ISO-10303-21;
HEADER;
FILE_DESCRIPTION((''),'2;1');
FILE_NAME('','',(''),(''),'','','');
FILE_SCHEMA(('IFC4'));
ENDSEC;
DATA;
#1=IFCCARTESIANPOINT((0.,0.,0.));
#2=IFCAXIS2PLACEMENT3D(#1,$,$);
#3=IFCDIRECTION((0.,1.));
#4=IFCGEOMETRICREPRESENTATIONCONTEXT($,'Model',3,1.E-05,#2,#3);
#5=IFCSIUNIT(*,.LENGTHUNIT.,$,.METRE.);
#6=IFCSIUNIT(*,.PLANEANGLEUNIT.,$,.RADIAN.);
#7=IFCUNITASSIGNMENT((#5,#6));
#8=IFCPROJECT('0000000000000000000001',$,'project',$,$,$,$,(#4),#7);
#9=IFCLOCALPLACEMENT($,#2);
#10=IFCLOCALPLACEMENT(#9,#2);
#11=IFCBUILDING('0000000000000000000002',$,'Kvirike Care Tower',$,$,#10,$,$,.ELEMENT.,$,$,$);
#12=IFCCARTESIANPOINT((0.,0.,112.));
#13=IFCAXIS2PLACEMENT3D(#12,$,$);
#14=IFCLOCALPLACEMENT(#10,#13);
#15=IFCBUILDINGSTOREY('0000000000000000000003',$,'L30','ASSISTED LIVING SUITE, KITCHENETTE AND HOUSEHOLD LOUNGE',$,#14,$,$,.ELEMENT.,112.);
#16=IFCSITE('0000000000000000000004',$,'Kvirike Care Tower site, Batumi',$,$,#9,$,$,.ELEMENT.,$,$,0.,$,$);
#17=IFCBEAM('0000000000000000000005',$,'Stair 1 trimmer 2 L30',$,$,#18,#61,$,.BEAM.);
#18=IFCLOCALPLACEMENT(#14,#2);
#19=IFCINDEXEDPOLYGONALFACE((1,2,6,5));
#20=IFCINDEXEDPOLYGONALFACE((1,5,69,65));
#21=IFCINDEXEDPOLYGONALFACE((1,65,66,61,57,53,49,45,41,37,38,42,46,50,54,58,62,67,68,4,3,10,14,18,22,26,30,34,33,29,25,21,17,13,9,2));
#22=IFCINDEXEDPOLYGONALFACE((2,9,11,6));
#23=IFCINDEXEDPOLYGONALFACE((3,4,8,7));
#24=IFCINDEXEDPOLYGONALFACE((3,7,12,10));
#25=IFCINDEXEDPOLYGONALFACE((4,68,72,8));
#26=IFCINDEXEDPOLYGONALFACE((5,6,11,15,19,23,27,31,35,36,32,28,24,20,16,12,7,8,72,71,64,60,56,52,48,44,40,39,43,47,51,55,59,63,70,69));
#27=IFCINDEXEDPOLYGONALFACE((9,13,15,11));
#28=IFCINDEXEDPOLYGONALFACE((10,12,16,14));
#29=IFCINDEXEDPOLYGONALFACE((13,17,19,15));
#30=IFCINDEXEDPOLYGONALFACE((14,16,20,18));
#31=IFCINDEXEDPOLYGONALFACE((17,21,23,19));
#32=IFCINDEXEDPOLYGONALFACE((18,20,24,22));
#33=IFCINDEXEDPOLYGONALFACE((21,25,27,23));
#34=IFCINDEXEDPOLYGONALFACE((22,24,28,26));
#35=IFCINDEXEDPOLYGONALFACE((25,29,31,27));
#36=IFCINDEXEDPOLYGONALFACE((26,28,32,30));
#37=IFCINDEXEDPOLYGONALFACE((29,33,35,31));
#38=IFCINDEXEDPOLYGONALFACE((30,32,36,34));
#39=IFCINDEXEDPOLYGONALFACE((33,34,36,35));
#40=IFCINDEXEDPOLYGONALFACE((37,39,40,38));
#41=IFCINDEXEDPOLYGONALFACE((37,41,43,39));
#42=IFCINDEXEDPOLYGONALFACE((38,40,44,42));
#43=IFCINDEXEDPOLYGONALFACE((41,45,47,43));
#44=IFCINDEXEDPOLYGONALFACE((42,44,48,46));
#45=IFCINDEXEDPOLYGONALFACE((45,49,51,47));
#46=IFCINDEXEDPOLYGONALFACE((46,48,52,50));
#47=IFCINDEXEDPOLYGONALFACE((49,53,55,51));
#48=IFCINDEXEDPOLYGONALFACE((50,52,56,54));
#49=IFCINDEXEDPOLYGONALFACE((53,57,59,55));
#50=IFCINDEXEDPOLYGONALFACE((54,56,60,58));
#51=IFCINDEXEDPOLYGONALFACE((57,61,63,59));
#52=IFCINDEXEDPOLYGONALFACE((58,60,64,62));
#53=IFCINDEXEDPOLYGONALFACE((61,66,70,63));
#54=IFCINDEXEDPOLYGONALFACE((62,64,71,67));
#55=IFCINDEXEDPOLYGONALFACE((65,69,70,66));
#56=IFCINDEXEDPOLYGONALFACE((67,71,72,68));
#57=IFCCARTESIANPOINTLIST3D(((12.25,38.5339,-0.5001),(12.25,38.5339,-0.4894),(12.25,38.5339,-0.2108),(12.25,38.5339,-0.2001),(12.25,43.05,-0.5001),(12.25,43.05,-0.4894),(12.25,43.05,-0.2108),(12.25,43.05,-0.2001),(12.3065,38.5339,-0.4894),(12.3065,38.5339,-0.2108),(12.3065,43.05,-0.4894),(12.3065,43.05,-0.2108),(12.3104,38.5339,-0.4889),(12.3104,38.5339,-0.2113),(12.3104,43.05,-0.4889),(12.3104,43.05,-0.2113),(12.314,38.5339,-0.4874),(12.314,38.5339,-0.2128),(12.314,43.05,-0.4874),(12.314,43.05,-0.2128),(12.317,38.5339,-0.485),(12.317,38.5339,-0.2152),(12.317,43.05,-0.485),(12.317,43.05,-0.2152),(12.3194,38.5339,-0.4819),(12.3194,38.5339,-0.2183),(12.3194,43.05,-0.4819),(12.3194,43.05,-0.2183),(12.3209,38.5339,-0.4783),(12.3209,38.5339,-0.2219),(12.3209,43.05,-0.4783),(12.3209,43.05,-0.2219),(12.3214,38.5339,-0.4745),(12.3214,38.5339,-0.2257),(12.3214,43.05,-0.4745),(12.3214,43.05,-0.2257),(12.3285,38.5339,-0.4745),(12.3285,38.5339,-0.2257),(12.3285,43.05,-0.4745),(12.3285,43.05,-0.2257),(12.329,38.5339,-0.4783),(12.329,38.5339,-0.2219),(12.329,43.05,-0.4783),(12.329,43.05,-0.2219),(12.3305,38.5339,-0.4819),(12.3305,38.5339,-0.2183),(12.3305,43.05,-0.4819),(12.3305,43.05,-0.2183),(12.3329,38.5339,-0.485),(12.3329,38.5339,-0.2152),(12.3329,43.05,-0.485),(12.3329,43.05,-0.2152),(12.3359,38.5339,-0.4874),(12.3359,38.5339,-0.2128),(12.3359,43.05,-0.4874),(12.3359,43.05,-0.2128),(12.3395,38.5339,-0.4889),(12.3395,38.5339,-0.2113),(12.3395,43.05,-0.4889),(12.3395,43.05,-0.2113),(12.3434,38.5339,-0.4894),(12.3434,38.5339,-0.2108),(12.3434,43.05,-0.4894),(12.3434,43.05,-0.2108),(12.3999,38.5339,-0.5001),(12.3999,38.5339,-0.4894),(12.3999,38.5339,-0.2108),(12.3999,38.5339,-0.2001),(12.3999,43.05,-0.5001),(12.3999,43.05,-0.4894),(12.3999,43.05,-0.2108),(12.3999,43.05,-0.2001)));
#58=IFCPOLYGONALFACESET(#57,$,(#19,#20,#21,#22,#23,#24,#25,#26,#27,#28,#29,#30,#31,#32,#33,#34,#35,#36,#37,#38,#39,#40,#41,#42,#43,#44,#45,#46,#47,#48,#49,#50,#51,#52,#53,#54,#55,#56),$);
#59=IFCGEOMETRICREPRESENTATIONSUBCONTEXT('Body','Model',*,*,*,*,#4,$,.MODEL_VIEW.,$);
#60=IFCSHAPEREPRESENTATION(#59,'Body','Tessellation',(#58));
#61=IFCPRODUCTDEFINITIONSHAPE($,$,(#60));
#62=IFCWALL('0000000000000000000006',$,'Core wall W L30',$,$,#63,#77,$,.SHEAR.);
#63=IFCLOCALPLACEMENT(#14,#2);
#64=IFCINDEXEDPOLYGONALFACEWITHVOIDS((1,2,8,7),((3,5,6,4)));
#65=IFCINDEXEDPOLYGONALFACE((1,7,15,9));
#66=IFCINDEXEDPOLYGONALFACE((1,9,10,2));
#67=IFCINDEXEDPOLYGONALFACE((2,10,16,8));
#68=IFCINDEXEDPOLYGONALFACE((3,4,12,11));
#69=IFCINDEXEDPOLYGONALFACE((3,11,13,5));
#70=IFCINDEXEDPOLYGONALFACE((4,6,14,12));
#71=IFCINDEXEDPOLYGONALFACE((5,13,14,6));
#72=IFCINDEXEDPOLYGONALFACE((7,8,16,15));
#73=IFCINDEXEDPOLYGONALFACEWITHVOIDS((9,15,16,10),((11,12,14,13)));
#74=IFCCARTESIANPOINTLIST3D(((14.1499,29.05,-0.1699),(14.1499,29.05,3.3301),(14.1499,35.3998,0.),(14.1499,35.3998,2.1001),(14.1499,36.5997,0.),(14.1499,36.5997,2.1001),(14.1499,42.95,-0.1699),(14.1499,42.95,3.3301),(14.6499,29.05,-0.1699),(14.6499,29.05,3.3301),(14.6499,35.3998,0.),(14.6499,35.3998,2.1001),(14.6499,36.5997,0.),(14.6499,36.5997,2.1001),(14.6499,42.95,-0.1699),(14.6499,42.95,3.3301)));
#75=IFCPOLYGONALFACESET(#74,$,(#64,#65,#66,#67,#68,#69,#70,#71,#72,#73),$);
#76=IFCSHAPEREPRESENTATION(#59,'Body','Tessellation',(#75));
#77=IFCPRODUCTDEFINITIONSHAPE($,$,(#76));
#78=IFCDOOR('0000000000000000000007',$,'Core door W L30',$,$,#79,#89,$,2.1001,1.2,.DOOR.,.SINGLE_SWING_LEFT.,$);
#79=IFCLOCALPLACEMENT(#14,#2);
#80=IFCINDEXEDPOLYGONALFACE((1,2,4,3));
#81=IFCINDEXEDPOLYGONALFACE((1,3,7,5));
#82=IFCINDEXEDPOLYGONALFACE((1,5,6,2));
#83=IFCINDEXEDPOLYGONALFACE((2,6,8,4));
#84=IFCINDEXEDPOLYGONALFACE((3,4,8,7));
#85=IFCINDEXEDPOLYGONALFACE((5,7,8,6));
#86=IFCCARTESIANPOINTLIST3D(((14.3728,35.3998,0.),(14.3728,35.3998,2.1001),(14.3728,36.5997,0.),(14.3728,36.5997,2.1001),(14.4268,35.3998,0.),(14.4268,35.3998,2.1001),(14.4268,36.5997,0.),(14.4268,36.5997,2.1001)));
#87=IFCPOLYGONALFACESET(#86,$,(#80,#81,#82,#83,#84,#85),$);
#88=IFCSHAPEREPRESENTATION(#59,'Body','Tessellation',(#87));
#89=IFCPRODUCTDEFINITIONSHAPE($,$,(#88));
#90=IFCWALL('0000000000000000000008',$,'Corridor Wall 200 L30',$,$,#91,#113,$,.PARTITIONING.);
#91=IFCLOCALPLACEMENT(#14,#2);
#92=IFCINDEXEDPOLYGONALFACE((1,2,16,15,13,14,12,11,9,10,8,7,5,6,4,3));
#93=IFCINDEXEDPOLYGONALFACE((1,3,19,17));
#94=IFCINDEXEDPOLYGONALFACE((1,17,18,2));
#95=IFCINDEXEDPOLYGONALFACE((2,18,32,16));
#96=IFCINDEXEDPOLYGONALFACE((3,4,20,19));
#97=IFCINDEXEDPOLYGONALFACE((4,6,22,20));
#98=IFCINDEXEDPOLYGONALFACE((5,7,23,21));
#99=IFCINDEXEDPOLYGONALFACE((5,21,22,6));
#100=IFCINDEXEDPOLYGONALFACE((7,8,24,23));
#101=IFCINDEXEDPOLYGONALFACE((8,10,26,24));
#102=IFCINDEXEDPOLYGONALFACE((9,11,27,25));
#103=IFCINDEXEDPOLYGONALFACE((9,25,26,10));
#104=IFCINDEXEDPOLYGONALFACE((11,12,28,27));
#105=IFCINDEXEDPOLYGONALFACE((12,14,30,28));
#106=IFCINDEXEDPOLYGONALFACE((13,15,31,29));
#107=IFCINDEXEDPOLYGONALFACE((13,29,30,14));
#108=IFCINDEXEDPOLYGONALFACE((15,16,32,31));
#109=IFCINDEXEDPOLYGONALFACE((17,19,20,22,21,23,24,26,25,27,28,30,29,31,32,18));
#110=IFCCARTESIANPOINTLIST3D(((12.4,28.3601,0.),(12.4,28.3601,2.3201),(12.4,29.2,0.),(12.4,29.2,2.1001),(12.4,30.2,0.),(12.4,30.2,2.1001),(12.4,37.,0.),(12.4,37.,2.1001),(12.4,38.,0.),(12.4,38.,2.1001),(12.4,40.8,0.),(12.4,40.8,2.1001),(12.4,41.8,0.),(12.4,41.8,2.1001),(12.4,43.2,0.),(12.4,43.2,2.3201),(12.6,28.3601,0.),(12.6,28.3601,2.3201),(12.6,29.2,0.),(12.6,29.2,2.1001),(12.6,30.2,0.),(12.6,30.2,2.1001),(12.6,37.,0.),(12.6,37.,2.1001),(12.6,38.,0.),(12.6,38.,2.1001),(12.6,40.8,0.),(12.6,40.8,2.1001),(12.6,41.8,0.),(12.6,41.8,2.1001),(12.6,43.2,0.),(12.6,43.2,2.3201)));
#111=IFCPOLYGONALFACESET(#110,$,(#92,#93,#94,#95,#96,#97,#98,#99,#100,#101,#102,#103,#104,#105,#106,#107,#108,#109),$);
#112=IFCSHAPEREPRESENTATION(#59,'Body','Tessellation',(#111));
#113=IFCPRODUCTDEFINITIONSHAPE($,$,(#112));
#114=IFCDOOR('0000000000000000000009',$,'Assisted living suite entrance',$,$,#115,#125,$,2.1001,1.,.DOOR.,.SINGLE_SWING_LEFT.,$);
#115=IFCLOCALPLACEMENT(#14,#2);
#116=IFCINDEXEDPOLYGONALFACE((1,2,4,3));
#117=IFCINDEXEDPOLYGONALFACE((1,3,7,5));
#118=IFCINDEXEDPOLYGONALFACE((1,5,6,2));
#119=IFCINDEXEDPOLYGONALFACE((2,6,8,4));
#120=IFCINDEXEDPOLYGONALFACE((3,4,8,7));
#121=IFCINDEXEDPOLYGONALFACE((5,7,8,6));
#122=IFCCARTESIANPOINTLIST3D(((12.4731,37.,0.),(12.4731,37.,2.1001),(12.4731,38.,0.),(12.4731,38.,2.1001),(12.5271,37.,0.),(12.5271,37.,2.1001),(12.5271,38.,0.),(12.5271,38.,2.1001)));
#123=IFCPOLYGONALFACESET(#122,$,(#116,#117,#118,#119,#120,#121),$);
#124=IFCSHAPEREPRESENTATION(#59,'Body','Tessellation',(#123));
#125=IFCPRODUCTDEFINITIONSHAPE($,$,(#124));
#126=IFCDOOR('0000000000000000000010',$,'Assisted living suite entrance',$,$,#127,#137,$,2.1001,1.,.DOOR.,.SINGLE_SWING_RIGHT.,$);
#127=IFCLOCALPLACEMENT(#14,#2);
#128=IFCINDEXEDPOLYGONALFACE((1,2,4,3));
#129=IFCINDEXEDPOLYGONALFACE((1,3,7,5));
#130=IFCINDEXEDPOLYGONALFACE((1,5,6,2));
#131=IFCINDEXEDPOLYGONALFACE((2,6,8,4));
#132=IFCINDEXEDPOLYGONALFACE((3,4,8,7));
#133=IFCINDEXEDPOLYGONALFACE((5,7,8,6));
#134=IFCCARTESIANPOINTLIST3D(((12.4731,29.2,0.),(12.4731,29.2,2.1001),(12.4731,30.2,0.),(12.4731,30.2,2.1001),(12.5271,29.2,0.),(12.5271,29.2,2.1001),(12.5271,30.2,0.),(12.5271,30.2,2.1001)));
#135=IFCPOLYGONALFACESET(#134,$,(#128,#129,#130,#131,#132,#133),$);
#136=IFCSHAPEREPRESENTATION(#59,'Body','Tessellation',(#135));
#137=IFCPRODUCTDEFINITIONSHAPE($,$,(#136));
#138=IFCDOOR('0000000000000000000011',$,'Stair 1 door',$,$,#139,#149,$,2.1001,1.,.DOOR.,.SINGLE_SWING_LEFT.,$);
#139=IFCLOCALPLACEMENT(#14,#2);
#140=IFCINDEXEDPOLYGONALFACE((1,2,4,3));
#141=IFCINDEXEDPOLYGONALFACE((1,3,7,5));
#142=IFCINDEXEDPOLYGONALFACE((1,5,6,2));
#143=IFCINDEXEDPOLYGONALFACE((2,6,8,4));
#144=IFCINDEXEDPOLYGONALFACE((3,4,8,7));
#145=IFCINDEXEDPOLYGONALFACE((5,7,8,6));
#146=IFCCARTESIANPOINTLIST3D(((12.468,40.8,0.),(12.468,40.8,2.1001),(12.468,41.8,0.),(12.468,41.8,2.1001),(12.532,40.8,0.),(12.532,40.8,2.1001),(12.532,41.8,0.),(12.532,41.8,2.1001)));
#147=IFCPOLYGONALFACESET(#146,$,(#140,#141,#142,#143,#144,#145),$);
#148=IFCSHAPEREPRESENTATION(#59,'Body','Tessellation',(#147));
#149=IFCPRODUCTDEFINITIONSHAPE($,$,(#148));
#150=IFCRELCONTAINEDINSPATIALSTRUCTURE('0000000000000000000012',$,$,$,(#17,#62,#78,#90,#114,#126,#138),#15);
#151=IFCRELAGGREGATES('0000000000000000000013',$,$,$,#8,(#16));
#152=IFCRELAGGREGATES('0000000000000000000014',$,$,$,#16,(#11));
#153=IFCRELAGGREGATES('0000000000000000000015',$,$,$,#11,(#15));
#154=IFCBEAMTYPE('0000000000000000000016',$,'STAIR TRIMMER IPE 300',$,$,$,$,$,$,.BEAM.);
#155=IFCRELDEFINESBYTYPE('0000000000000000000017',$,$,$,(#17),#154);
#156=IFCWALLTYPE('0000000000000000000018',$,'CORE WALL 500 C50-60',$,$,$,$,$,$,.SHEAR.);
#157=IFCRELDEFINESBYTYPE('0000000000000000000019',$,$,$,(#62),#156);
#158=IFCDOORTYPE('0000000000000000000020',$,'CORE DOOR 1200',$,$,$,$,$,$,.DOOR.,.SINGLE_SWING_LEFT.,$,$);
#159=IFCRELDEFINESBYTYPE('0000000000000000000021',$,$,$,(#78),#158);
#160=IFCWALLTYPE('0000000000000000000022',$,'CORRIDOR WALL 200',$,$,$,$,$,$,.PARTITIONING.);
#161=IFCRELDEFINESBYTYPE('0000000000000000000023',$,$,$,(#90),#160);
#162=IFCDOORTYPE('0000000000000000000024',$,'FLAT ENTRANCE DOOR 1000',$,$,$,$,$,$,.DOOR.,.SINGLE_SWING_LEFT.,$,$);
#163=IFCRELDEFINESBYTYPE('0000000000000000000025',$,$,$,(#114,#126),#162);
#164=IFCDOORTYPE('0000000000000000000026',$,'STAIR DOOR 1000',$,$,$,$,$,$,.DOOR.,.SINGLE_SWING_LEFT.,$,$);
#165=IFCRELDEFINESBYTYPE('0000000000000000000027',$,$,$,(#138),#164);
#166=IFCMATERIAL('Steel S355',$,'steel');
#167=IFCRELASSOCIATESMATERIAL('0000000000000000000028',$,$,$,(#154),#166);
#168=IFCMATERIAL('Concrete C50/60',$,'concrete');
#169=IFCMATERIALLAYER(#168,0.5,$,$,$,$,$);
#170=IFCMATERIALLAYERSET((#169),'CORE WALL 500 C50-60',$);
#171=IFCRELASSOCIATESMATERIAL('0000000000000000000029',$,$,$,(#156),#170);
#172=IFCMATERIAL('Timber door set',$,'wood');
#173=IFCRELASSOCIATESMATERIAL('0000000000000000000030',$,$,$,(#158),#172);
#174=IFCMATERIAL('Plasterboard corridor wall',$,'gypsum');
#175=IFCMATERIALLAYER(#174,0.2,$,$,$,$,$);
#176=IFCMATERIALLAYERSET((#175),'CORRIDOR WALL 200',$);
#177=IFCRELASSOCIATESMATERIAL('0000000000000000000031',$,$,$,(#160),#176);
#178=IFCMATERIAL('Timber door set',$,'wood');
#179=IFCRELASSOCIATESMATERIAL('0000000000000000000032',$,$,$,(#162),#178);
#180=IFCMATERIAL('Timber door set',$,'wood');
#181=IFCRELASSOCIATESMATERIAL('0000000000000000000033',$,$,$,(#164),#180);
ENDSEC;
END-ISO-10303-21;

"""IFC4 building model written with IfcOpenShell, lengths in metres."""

from ifc_helpers import new_model, si_unit, direction, frame, frame_2d, origin, origin_2d, place, context, subcontext, project, spatial, rectangle, i_section, extrude, material, layer, layer_set, material_profile, profile_set, type_object, element, fill, save


model = new_model("IFC4")

# Units and contexts
model_context = context("Model", 3, precision=1e-05, world=origin(), true_north=direction((0.0, 1.0)))
body_context = subcontext(model_context, "Body", "Model", "MODEL_VIEW")
ifc_project = project(units=[si_unit("LENGTHUNIT", "METRE"), si_unit("PLANEANGLEUNIT", "RADIAN")], contexts=[model_context])

# Site, building, storey
site_placement = place(None, origin())
site = spatial("IfcSite", under=ifc_project, at=site_placement, Name="Kvirike Care Tower site, Batumi", CompositionType="ELEMENT", RefElevation=0.0)
building_placement = place(site_placement, origin())
building = spatial("IfcBuilding", under=site, at=building_placement, Name="Kvirike Care Tower", CompositionType="ELEMENT")
storey_placement = place(building_placement, frame((0.0, 0.0, 112.0)))
storey = spatial("IfcBuildingStorey", under=building, at=storey_placement, Name="L30", Description="ASSISTED LIVING SUITE, KITCHENETTE AND HOUSEHOLD LOUNGE", CompositionType="ELEMENT", Elevation=112.0)

# Beam
ifc_material_1 = material(Name="Steel S355", Category="steel")
ifc_material_profile_1 = material_profile(ifc_material_1, i_section(OverallWidth=0.1499, OverallDepth=0.3, WebThickness=0.0071, FlangeThickness=0.0107, FilletRadius=0.0149, at=origin_2d()), Name="IPE 300")
ifc_profile_set_1 = profile_set([ifc_material_profile_1], Name="Steel S355")
beam_type_1 = type_object("IfcBeamType", Name="STAIR TRIMMER IPE 300", PredefinedType="BEAM", material=ifc_profile_set_1)
for number, where, z_axis, x_axis, name in (
    (1, (12.325, 43.05, -0.3501), (0.0, -1.0, 0.0), (1.0, 0.0, 0.0), "Stair 1 trimmer 2 L30"),
):
    element("IfcBeam", number, at=place(storey_placement, frame(where, z_axis=z_axis, x_axis=x_axis)), inside=storey, type_object=beam_type_1, Name=name, PredefinedType="BEAM", context=body_context, shape_type="SweptSolid", body=[
        extrude(i_section(OverallWidth=0.1499, OverallDepth=0.3, WebThickness=0.0071, FlangeThickness=0.0107, FilletRadius=0.0149, at=origin_2d()), origin(), (0.0, 0.0, 1.0), 4.5161),
    ])

# Wall, opening, door
ifc_material_2 = material(Name="Concrete C50/60", Category="concrete")
ifc_layer_1 = layer(ifc_material_2, 0.5)
ifc_layer_set_1 = layer_set([ifc_layer_1], Name="CORE WALL 500 C50-60")
wall_type_1 = type_object("IfcWallType", Name="CORE WALL 500 C50-60", PredefinedType="SHEAR", material=ifc_layer_set_1)
wall_1_placement = place(storey_placement, frame((14.3999, 42.95, -0.1699), z_axis=(0.0, 0.0, 1.0), x_axis=(0.0, -1.0, 0.0)))
wall_1 = element("IfcWall", 2, at=wall_1_placement, inside=storey, type_object=wall_type_1, Name="Core wall W L30", PredefinedType="SHEAR", context=body_context, shape_type="SweptSolid", body=[
    extrude(rectangle(XDim=13.8999, YDim=0.5, at=frame_2d((6.95, 0.0))), origin(), (0.0, 0.0, 1.0), 3.5),
])
opening_1_placement = place(wall_1_placement, frame((6.3501, 0.0, 0.1699)))
opening_1 = element("IfcOpeningElement", 3, at=opening_1_placement, cuts=wall_1, PredefinedType="OPENING", context=body_context, shape_type="SweptSolid", body=[
    extrude(rectangle(XDim=1.2, YDim=2.1001, at=frame_2d((0.6001, 1.05))), frame((0.0, 0.2605, 0.0), z_axis=(0.0, -1.0, 0.0), x_axis=(1.0, 0.0, 0.0)), (0.0, 0.0, 1.0), 0.521),
])
ifc_material_3 = material(Name="Timber door set", Category="wood")
door_type_1 = type_object("IfcDoorType", Name="CORE DOOR 1200", OperationType="SINGLE_SWING_LEFT", PredefinedType="DOOR", material=ifc_material_3)
door_1_placement = place(opening_1_placement, origin())
door_1 = element("IfcDoor", 4, at=door_1_placement, inside=storey, type_object=door_type_1, Name="Core door W L30", OperationType="SINGLE_SWING_LEFT", OverallHeight=2.1001, OverallWidth=1.2, PredefinedType="DOOR", context=body_context, shape_type="SweptSolid", body=[
    extrude(rectangle(XDim=1.2, YDim=2.1001, at=frame_2d((0.6001, 1.05))), frame((0.0, 0.0269, 0.0), z_axis=(0.0, -1.0, 0.0), x_axis=(1.0, 0.0, 0.0)), (0.0, 0.0, 1.0), 0.054),
])
fill(opening_1, door_1)

# Wall, openings, doors
ifc_material_4 = material(Name="Plasterboard corridor wall", Category="gypsum")
ifc_layer_2 = layer(ifc_material_4, 0.2)
ifc_layer_set_2 = layer_set([ifc_layer_2], Name="CORRIDOR WALL 200")
wall_type_2 = type_object("IfcWallType", Name="CORRIDOR WALL 200", PredefinedType="PARTITIONING", material=ifc_layer_set_2)
wall_2_placement = place(storey_placement, frame((12.5, 43.2, 0.0), z_axis=(0.0, 0.0, 1.0), x_axis=(0.0, -1.0, 0.0)))
wall_2 = element("IfcWall", 5, at=wall_2_placement, inside=storey, type_object=wall_type_2, Name="Corridor Wall 200 L30", PredefinedType="PARTITIONING", context=body_context, shape_type="SweptSolid", body=[
    extrude(rectangle(XDim=14.8398, YDim=0.2, at=frame_2d((7.4199, 0.0))), origin(), (0.0, 0.0, 1.0), 2.3201),
])
opening_2_placement = place(wall_2_placement, frame((1.3999, 0.0, 0.0)))
opening_2 = element("IfcOpeningElement", 6, at=opening_2_placement, cuts=wall_2, PredefinedType="OPENING", context=body_context, shape_type="SweptSolid", body=[
    extrude(rectangle(XDim=1.0, YDim=2.1001, at=frame_2d((0.5, 1.05))), frame((0.0, 0.1106, 0.0), z_axis=(0.0, -1.0, 0.0), x_axis=(1.0, 0.0, 0.0)), (0.0, 0.0, 1.0), 0.2209),
])
opening_3_placement = place(wall_2_placement, frame((5.2, 0.0, 0.0)))
opening_3 = element("IfcOpeningElement", 7, at=opening_3_placement, cuts=wall_2, PredefinedType="OPENING", context=body_context, shape_type="SweptSolid", body=[
    extrude(rectangle(XDim=1.0, YDim=2.1001, at=frame_2d((0.5, 1.05))), frame((0.0, 0.1106, 0.0), z_axis=(0.0, -1.0, 0.0), x_axis=(1.0, 0.0, 0.0)), (0.0, 0.0, 1.0), 0.2209),
])
opening_4_placement = place(wall_2_placement, frame((13.0, 0.0, 0.0)))
opening_4 = element("IfcOpeningElement", 8, at=opening_4_placement, cuts=wall_2, PredefinedType="OPENING", context=body_context, shape_type="SweptSolid", body=[
    extrude(rectangle(XDim=1.0, YDim=2.1001, at=frame_2d((0.5, 1.05))), frame((0.0, 0.1106, 0.0), z_axis=(0.0, -1.0, 0.0), x_axis=(1.0, 0.0, 0.0)), (0.0, 0.0, 1.0), 0.2209),
])
ifc_material_5 = material(Name="Timber door set", Category="wood")
door_type_2 = type_object("IfcDoorType", Name="FLAT ENTRANCE DOOR 1000", OperationType="SINGLE_SWING_LEFT", PredefinedType="DOOR", material=ifc_material_5)
door_2_placement = place(opening_3_placement, frame((1.0, 0.0, 0.0), z_axis=(0.0, 0.0, 1.0), x_axis=(-1.0, 0.0, 0.0)))
door_2 = element("IfcDoor", 9, at=door_2_placement, inside=storey, type_object=door_type_2, Name="Assisted living suite entrance", OperationType="SINGLE_SWING_LEFT", OverallHeight=2.1001, OverallWidth=1.0, PredefinedType="DOOR", context=body_context, shape_type="SweptSolid", body=[
    extrude(rectangle(XDim=1.0, YDim=2.1001, at=frame_2d((0.5, 1.05))), frame((0.0, 0.0269, 0.0), z_axis=(0.0, -1.0, 0.0), x_axis=(1.0, 0.0, 0.0)), (0.0, 0.0, 1.0), 0.054),
])
fill(opening_3, door_2)
door_3_placement = place(opening_4_placement, frame((1.0, 0.0, 0.0), z_axis=(0.0, 0.0, 1.0), x_axis=(-1.0, 0.0, 0.0)))
door_3 = element("IfcDoor", 10, at=door_3_placement, inside=storey, type_object=door_type_2, Name="Assisted living suite entrance", OperationType="SINGLE_SWING_RIGHT", OverallHeight=2.1001, OverallWidth=1.0, PredefinedType="DOOR", context=body_context, shape_type="SweptSolid", body=[
    extrude(rectangle(XDim=1.0, YDim=2.1001, at=frame_2d((0.5, 1.05))), frame((0.0, 0.0269, 0.0), z_axis=(0.0, -1.0, 0.0), x_axis=(1.0, 0.0, 0.0)), (0.0, 0.0, 1.0), 0.054),
])
fill(opening_4, door_3)
ifc_material_6 = material(Name="Timber door set", Category="wood")
door_type_3 = type_object("IfcDoorType", Name="STAIR DOOR 1000", OperationType="SINGLE_SWING_LEFT", PredefinedType="DOOR", material=ifc_material_6)
door_4_placement = place(opening_2_placement, frame((1.0, 0.0, 0.0), z_axis=(0.0, 0.0, 1.0), x_axis=(-1.0, 0.0, 0.0)))
door_4 = element("IfcDoor", 11, at=door_4_placement, inside=storey, type_object=door_type_3, Name="Stair 1 door", OperationType="SINGLE_SWING_LEFT", OverallHeight=2.1001, OverallWidth=1.0, PredefinedType="DOOR", context=body_context, shape_type="SweptSolid", body=[
    extrude(rectangle(XDim=1.0, YDim=2.1001, at=frame_2d((0.5, 1.05))), frame((0.0, 0.032, 0.0), z_axis=(0.0, -1.0, 0.0), x_axis=(1.0, 0.0, 0.0)), (0.0, 0.0, 1.0), 0.064),
])
fill(opening_2, door_4)

save(model, "model.ifc")
